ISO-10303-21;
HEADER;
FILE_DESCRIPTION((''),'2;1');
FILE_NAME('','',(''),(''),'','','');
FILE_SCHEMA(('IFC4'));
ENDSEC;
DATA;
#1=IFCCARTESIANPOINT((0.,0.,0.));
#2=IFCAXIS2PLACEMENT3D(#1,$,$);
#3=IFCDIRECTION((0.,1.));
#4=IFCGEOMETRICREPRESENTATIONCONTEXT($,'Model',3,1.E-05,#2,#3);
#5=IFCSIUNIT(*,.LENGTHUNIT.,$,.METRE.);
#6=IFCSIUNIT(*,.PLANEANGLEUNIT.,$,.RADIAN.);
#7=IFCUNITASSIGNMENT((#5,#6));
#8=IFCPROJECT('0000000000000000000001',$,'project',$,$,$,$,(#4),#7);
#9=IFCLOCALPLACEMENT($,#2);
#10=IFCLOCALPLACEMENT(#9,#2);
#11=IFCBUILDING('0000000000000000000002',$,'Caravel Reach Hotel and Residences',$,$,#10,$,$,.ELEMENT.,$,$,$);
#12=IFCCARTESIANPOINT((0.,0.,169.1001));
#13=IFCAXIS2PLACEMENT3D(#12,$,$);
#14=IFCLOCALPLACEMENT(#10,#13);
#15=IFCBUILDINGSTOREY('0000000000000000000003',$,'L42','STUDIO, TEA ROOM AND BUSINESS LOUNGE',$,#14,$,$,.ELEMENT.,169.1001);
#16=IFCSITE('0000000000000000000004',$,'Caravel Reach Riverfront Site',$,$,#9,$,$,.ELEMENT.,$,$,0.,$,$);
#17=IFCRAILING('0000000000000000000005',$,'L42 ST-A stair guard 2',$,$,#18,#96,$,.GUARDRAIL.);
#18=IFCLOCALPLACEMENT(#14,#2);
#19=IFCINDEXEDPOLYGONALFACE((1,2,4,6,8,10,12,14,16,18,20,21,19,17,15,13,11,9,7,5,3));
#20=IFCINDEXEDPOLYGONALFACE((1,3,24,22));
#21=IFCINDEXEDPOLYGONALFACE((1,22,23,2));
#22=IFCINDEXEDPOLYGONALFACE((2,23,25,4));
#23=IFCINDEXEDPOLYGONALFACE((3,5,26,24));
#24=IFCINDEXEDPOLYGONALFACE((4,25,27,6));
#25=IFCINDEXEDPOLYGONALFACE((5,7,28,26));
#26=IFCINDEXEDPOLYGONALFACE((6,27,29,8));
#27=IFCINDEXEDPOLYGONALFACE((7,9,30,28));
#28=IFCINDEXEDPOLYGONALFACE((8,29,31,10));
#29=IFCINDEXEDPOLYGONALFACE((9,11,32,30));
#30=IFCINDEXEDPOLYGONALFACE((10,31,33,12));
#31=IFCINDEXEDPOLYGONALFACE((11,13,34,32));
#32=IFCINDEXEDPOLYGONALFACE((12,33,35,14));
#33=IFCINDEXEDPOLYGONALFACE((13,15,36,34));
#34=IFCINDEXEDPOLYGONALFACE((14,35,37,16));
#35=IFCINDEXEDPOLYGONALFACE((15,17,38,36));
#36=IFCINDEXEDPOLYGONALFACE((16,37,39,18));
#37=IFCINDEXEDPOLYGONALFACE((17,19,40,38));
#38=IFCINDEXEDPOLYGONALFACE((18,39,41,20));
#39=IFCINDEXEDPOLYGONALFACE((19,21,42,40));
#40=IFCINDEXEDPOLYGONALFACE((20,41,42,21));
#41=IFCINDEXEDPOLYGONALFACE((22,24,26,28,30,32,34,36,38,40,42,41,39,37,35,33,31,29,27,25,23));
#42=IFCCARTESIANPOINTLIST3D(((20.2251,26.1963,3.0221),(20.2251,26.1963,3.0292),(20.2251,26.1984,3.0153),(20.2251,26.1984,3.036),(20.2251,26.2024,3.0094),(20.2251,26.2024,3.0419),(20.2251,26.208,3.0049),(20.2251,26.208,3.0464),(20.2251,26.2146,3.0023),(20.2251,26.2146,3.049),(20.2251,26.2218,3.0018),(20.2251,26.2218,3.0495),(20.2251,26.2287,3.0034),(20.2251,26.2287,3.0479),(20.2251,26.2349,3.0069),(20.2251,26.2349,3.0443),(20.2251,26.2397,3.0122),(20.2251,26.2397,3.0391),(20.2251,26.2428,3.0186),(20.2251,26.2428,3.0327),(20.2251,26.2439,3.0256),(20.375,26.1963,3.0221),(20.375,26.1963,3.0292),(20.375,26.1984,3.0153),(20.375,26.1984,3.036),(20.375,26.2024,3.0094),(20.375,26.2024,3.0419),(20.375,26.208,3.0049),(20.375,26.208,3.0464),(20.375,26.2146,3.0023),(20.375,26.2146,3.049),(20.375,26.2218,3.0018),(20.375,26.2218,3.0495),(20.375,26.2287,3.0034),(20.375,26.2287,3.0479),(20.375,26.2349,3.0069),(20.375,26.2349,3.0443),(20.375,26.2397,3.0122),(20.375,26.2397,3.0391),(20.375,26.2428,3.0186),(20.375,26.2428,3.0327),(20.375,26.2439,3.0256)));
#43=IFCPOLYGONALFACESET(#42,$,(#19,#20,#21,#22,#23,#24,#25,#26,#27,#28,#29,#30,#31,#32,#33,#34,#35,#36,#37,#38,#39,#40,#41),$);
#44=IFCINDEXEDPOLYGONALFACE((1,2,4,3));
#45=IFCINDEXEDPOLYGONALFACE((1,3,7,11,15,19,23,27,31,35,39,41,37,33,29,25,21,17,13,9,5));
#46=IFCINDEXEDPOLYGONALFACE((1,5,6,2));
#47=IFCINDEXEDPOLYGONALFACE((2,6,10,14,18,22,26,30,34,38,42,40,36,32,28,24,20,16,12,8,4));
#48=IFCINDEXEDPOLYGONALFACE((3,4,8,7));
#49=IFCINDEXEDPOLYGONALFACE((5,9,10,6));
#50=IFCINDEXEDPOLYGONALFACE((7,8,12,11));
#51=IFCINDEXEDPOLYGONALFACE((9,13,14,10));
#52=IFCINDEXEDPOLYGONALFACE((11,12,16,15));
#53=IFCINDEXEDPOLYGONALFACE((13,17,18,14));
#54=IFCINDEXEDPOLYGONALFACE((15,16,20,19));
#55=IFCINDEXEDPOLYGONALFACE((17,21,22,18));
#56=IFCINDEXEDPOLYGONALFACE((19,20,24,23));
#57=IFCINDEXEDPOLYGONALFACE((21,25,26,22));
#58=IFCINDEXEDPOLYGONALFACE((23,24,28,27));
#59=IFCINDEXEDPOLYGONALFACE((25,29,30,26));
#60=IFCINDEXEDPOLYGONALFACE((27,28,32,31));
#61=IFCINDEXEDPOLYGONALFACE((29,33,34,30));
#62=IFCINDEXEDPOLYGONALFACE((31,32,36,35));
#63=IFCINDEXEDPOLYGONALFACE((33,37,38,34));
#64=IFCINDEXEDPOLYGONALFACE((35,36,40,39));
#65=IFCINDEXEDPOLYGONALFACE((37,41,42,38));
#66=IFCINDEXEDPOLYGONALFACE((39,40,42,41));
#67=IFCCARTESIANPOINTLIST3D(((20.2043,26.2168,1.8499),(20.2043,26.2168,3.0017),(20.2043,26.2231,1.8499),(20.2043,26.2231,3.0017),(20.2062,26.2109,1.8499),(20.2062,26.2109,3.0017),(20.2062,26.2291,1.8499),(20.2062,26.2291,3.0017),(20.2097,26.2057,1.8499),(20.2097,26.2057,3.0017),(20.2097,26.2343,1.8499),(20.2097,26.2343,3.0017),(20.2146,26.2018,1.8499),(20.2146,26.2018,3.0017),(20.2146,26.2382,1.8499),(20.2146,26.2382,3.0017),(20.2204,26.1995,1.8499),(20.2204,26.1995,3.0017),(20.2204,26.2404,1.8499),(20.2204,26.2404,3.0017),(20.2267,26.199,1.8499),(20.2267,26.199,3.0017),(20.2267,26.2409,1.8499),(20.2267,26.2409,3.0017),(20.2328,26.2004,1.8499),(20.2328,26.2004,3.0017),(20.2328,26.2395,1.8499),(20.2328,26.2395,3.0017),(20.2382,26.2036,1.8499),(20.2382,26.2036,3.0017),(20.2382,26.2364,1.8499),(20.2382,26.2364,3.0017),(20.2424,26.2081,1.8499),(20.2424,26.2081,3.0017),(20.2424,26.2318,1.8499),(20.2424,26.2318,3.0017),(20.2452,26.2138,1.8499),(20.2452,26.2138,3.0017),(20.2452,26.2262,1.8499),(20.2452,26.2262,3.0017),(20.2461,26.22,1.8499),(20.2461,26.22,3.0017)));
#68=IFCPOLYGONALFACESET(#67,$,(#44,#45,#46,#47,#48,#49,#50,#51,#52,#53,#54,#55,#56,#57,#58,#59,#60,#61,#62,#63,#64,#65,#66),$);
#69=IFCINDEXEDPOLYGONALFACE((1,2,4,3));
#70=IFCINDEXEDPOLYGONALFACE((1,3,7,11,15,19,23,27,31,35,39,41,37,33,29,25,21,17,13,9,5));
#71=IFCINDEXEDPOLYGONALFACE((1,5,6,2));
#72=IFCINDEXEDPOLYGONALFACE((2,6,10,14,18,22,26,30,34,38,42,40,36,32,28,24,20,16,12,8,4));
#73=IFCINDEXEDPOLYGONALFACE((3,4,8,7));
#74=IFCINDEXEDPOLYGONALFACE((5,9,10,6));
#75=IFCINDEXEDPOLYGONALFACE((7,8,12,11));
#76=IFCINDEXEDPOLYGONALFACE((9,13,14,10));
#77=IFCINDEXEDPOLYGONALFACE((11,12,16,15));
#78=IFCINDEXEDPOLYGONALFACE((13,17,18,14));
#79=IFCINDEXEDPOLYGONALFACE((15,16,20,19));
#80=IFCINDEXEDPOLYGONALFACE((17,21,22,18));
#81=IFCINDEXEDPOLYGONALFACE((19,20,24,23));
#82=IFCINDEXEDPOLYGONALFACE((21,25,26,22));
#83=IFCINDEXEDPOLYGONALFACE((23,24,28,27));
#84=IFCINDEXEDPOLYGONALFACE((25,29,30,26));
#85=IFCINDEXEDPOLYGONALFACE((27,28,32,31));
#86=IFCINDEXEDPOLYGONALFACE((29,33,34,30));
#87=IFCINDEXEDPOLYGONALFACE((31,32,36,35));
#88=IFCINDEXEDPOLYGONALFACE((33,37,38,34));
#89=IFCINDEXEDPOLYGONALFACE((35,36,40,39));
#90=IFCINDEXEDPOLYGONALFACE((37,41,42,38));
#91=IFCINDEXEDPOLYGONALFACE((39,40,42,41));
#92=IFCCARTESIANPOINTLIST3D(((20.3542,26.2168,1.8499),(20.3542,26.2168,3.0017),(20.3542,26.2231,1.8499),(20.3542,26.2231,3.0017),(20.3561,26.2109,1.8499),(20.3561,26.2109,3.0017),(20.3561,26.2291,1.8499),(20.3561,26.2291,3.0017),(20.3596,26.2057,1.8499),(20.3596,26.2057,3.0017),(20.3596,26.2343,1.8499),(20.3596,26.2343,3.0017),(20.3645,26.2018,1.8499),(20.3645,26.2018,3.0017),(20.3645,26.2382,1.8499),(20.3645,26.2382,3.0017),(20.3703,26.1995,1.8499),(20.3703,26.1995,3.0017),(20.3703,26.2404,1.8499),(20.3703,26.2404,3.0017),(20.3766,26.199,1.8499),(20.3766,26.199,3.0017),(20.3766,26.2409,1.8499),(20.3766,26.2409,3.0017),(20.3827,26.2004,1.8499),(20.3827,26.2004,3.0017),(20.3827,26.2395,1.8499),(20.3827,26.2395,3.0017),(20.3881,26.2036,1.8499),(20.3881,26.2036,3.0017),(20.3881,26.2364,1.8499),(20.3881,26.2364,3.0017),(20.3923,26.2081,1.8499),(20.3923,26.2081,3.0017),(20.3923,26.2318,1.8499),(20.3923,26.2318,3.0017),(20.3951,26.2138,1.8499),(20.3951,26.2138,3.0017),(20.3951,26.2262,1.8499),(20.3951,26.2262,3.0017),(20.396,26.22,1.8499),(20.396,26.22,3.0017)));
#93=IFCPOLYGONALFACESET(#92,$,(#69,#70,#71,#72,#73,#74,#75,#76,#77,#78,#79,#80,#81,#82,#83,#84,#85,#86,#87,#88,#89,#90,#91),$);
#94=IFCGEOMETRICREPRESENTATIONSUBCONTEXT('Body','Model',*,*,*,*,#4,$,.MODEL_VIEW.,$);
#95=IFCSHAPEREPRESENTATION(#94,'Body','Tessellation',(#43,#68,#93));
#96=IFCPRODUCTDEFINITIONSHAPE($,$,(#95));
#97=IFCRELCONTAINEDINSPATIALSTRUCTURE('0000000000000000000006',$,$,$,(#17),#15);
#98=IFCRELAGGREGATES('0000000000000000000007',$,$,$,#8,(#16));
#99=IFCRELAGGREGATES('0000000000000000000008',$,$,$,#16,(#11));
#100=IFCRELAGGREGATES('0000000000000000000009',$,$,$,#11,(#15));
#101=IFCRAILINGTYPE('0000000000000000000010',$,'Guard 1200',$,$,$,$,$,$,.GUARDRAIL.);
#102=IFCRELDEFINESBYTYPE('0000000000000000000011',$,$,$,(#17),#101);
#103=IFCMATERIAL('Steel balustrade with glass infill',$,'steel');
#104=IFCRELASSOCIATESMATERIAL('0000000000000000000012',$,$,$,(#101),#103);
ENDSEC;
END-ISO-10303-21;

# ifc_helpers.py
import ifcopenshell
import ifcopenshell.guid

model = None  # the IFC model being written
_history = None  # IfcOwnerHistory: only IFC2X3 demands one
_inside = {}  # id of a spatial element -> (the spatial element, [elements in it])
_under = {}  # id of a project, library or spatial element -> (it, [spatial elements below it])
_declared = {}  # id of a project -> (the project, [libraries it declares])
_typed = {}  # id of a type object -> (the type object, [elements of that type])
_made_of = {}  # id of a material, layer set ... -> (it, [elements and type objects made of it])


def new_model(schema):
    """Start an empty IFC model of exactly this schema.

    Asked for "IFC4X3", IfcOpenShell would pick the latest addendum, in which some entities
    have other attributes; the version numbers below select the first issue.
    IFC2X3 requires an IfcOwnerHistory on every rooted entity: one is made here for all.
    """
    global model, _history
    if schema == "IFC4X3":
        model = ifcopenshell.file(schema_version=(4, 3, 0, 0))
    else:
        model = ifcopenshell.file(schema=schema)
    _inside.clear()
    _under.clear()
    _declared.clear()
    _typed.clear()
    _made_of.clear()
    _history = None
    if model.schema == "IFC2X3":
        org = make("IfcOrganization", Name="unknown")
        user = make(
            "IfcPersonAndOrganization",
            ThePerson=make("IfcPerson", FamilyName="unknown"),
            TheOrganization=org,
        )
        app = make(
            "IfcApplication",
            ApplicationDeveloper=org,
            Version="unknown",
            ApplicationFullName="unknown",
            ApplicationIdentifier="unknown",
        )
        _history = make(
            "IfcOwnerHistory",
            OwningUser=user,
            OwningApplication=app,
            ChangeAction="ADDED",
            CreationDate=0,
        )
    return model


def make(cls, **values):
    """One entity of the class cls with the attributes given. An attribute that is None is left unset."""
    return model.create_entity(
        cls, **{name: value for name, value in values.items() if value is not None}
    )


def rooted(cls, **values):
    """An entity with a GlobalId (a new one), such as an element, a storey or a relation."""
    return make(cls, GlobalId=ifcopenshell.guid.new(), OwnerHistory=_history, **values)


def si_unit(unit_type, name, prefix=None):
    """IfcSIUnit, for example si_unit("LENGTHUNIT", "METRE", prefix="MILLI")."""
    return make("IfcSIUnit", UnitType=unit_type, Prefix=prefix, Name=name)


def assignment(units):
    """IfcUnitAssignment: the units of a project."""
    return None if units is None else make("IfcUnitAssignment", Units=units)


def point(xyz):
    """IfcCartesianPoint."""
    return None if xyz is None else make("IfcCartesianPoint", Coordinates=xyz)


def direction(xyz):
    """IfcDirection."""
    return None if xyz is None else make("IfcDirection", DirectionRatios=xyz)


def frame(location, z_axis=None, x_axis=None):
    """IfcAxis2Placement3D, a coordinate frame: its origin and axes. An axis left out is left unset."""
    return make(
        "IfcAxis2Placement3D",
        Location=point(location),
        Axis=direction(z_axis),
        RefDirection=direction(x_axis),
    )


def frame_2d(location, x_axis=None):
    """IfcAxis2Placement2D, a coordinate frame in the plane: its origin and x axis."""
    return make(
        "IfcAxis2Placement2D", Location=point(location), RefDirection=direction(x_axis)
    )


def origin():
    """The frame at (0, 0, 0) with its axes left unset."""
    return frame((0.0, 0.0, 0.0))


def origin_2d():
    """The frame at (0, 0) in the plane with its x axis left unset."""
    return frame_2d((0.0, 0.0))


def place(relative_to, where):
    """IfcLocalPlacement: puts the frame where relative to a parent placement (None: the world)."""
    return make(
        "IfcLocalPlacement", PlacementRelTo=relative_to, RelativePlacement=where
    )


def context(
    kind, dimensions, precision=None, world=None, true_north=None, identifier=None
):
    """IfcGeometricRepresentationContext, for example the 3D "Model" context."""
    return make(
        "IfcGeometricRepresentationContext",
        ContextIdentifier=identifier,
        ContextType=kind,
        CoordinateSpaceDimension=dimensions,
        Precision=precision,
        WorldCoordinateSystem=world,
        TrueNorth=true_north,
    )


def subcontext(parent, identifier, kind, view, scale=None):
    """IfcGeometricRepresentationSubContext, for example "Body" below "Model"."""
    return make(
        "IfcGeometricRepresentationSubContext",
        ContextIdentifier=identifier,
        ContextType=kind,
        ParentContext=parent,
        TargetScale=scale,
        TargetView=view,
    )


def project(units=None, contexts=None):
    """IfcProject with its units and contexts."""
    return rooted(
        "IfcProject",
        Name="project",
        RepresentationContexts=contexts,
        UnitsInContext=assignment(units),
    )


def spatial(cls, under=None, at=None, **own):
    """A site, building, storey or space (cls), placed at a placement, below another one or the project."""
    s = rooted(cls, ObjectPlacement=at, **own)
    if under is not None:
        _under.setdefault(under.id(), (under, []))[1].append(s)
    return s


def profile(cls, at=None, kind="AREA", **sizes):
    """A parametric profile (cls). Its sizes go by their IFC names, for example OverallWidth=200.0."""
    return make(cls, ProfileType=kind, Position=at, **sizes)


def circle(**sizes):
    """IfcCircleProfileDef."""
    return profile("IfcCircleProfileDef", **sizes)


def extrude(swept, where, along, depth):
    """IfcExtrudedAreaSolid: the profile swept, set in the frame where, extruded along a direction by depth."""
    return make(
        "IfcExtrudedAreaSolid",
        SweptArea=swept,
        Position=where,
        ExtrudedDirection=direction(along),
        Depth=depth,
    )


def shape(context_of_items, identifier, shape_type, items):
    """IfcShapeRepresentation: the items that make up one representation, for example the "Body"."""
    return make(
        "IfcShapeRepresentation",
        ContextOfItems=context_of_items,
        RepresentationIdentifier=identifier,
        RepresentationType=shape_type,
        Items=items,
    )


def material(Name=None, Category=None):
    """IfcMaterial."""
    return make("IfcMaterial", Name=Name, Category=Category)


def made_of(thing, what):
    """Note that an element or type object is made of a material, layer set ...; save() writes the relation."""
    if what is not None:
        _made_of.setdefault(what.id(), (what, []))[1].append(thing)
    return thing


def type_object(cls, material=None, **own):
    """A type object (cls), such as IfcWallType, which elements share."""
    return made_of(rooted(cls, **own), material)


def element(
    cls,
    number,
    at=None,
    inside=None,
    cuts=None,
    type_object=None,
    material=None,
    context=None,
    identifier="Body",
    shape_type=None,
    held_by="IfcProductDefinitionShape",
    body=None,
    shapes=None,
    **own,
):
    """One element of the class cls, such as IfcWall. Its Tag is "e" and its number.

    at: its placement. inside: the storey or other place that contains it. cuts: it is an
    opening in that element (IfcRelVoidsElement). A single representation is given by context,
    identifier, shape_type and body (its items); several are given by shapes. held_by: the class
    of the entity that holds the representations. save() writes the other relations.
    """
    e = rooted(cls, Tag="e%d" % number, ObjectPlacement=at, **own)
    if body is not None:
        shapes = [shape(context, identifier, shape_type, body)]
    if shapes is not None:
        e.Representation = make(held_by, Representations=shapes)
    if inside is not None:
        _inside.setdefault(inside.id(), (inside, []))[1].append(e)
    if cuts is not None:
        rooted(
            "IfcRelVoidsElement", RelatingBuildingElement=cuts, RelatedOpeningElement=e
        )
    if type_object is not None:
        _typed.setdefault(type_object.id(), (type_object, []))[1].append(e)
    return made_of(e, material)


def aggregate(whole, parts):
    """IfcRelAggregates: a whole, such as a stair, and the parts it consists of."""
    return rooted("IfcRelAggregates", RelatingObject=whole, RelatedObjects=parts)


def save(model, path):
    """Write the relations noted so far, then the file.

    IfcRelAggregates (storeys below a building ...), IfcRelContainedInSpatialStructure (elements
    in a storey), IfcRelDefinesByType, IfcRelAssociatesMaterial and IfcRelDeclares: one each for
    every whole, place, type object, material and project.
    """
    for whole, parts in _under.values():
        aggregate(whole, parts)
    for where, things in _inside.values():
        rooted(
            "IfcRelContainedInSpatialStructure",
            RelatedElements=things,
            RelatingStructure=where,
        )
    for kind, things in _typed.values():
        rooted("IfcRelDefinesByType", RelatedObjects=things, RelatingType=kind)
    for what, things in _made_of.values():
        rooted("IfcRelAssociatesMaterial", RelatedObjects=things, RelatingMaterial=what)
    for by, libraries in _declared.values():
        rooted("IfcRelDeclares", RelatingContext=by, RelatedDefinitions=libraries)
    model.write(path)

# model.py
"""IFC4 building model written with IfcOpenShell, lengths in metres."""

from ifc_helpers import new_model, si_unit, direction, frame, origin, origin_2d, place, context, subcontext, project, spatial, circle, extrude, material, type_object, element, save


model = new_model("IFC4")

# Units and contexts
model_context = context("Model", 3, precision=1e-05, world=origin(), true_north=direction((0.0, 1.0)))
body_context = subcontext(model_context, "Body", "Model", "MODEL_VIEW")
ifc_project = project(units=[si_unit("LENGTHUNIT", "METRE"), si_unit("PLANEANGLEUNIT", "RADIAN")], contexts=[model_context])

# Site, building, storey
site_placement = place(None, origin())
site = spatial("IfcSite", under=ifc_project, at=site_placement, Name="Caravel Reach Riverfront Site", CompositionType="ELEMENT", RefElevation=0.0)
building_placement = place(site_placement, origin())
building = spatial("IfcBuilding", under=site, at=building_placement, Name="Caravel Reach Hotel and Residences", CompositionType="ELEMENT")
storey_placement = place(building_placement, frame((0.0, 0.0, 169.1001)))
storey = spatial("IfcBuildingStorey", under=building, at=storey_placement, Name="L42", Description="STUDIO, TEA ROOM AND BUSINESS LOUNGE", CompositionType="ELEMENT", Elevation=169.1001)

# Railing
ifc_material_1 = material(Name="Steel balustrade with glass infill", Category="steel")
railing_type_1 = type_object("IfcRailingType", Name="Guard 1200", PredefinedType="GUARDRAIL", material=ifc_material_1)
railing_1_placement = place(storey_placement, frame((20.2251, 26.22, 1.8499)))
element("IfcRailing", 1, at=railing_1_placement, inside=storey, type_object=railing_type_1, Name="L42 ST-A stair guard 2", PredefinedType="GUARDRAIL", context=body_context, shape_type="SweptSolid", body=[
    extrude(circle(Radius=0.0239, at=origin_2d()), frame((0.0, 0.0, 1.1758), z_axis=(1.0, 0.0, 0.0), x_axis=(0.0, 1.0, 0.0)), (0.0, 0.0, 1.0), 0.1499),
    extrude(circle(Radius=0.021, at=origin_2d()), origin(), (0.0, 0.0, 1.0), 1.1519),
    extrude(circle(Radius=0.021, at=origin_2d()), frame((0.1499, 0.0, 0.0)), (0.0, 0.0, 1.0), 1.1519),
])

save(model, "model.ifc")
